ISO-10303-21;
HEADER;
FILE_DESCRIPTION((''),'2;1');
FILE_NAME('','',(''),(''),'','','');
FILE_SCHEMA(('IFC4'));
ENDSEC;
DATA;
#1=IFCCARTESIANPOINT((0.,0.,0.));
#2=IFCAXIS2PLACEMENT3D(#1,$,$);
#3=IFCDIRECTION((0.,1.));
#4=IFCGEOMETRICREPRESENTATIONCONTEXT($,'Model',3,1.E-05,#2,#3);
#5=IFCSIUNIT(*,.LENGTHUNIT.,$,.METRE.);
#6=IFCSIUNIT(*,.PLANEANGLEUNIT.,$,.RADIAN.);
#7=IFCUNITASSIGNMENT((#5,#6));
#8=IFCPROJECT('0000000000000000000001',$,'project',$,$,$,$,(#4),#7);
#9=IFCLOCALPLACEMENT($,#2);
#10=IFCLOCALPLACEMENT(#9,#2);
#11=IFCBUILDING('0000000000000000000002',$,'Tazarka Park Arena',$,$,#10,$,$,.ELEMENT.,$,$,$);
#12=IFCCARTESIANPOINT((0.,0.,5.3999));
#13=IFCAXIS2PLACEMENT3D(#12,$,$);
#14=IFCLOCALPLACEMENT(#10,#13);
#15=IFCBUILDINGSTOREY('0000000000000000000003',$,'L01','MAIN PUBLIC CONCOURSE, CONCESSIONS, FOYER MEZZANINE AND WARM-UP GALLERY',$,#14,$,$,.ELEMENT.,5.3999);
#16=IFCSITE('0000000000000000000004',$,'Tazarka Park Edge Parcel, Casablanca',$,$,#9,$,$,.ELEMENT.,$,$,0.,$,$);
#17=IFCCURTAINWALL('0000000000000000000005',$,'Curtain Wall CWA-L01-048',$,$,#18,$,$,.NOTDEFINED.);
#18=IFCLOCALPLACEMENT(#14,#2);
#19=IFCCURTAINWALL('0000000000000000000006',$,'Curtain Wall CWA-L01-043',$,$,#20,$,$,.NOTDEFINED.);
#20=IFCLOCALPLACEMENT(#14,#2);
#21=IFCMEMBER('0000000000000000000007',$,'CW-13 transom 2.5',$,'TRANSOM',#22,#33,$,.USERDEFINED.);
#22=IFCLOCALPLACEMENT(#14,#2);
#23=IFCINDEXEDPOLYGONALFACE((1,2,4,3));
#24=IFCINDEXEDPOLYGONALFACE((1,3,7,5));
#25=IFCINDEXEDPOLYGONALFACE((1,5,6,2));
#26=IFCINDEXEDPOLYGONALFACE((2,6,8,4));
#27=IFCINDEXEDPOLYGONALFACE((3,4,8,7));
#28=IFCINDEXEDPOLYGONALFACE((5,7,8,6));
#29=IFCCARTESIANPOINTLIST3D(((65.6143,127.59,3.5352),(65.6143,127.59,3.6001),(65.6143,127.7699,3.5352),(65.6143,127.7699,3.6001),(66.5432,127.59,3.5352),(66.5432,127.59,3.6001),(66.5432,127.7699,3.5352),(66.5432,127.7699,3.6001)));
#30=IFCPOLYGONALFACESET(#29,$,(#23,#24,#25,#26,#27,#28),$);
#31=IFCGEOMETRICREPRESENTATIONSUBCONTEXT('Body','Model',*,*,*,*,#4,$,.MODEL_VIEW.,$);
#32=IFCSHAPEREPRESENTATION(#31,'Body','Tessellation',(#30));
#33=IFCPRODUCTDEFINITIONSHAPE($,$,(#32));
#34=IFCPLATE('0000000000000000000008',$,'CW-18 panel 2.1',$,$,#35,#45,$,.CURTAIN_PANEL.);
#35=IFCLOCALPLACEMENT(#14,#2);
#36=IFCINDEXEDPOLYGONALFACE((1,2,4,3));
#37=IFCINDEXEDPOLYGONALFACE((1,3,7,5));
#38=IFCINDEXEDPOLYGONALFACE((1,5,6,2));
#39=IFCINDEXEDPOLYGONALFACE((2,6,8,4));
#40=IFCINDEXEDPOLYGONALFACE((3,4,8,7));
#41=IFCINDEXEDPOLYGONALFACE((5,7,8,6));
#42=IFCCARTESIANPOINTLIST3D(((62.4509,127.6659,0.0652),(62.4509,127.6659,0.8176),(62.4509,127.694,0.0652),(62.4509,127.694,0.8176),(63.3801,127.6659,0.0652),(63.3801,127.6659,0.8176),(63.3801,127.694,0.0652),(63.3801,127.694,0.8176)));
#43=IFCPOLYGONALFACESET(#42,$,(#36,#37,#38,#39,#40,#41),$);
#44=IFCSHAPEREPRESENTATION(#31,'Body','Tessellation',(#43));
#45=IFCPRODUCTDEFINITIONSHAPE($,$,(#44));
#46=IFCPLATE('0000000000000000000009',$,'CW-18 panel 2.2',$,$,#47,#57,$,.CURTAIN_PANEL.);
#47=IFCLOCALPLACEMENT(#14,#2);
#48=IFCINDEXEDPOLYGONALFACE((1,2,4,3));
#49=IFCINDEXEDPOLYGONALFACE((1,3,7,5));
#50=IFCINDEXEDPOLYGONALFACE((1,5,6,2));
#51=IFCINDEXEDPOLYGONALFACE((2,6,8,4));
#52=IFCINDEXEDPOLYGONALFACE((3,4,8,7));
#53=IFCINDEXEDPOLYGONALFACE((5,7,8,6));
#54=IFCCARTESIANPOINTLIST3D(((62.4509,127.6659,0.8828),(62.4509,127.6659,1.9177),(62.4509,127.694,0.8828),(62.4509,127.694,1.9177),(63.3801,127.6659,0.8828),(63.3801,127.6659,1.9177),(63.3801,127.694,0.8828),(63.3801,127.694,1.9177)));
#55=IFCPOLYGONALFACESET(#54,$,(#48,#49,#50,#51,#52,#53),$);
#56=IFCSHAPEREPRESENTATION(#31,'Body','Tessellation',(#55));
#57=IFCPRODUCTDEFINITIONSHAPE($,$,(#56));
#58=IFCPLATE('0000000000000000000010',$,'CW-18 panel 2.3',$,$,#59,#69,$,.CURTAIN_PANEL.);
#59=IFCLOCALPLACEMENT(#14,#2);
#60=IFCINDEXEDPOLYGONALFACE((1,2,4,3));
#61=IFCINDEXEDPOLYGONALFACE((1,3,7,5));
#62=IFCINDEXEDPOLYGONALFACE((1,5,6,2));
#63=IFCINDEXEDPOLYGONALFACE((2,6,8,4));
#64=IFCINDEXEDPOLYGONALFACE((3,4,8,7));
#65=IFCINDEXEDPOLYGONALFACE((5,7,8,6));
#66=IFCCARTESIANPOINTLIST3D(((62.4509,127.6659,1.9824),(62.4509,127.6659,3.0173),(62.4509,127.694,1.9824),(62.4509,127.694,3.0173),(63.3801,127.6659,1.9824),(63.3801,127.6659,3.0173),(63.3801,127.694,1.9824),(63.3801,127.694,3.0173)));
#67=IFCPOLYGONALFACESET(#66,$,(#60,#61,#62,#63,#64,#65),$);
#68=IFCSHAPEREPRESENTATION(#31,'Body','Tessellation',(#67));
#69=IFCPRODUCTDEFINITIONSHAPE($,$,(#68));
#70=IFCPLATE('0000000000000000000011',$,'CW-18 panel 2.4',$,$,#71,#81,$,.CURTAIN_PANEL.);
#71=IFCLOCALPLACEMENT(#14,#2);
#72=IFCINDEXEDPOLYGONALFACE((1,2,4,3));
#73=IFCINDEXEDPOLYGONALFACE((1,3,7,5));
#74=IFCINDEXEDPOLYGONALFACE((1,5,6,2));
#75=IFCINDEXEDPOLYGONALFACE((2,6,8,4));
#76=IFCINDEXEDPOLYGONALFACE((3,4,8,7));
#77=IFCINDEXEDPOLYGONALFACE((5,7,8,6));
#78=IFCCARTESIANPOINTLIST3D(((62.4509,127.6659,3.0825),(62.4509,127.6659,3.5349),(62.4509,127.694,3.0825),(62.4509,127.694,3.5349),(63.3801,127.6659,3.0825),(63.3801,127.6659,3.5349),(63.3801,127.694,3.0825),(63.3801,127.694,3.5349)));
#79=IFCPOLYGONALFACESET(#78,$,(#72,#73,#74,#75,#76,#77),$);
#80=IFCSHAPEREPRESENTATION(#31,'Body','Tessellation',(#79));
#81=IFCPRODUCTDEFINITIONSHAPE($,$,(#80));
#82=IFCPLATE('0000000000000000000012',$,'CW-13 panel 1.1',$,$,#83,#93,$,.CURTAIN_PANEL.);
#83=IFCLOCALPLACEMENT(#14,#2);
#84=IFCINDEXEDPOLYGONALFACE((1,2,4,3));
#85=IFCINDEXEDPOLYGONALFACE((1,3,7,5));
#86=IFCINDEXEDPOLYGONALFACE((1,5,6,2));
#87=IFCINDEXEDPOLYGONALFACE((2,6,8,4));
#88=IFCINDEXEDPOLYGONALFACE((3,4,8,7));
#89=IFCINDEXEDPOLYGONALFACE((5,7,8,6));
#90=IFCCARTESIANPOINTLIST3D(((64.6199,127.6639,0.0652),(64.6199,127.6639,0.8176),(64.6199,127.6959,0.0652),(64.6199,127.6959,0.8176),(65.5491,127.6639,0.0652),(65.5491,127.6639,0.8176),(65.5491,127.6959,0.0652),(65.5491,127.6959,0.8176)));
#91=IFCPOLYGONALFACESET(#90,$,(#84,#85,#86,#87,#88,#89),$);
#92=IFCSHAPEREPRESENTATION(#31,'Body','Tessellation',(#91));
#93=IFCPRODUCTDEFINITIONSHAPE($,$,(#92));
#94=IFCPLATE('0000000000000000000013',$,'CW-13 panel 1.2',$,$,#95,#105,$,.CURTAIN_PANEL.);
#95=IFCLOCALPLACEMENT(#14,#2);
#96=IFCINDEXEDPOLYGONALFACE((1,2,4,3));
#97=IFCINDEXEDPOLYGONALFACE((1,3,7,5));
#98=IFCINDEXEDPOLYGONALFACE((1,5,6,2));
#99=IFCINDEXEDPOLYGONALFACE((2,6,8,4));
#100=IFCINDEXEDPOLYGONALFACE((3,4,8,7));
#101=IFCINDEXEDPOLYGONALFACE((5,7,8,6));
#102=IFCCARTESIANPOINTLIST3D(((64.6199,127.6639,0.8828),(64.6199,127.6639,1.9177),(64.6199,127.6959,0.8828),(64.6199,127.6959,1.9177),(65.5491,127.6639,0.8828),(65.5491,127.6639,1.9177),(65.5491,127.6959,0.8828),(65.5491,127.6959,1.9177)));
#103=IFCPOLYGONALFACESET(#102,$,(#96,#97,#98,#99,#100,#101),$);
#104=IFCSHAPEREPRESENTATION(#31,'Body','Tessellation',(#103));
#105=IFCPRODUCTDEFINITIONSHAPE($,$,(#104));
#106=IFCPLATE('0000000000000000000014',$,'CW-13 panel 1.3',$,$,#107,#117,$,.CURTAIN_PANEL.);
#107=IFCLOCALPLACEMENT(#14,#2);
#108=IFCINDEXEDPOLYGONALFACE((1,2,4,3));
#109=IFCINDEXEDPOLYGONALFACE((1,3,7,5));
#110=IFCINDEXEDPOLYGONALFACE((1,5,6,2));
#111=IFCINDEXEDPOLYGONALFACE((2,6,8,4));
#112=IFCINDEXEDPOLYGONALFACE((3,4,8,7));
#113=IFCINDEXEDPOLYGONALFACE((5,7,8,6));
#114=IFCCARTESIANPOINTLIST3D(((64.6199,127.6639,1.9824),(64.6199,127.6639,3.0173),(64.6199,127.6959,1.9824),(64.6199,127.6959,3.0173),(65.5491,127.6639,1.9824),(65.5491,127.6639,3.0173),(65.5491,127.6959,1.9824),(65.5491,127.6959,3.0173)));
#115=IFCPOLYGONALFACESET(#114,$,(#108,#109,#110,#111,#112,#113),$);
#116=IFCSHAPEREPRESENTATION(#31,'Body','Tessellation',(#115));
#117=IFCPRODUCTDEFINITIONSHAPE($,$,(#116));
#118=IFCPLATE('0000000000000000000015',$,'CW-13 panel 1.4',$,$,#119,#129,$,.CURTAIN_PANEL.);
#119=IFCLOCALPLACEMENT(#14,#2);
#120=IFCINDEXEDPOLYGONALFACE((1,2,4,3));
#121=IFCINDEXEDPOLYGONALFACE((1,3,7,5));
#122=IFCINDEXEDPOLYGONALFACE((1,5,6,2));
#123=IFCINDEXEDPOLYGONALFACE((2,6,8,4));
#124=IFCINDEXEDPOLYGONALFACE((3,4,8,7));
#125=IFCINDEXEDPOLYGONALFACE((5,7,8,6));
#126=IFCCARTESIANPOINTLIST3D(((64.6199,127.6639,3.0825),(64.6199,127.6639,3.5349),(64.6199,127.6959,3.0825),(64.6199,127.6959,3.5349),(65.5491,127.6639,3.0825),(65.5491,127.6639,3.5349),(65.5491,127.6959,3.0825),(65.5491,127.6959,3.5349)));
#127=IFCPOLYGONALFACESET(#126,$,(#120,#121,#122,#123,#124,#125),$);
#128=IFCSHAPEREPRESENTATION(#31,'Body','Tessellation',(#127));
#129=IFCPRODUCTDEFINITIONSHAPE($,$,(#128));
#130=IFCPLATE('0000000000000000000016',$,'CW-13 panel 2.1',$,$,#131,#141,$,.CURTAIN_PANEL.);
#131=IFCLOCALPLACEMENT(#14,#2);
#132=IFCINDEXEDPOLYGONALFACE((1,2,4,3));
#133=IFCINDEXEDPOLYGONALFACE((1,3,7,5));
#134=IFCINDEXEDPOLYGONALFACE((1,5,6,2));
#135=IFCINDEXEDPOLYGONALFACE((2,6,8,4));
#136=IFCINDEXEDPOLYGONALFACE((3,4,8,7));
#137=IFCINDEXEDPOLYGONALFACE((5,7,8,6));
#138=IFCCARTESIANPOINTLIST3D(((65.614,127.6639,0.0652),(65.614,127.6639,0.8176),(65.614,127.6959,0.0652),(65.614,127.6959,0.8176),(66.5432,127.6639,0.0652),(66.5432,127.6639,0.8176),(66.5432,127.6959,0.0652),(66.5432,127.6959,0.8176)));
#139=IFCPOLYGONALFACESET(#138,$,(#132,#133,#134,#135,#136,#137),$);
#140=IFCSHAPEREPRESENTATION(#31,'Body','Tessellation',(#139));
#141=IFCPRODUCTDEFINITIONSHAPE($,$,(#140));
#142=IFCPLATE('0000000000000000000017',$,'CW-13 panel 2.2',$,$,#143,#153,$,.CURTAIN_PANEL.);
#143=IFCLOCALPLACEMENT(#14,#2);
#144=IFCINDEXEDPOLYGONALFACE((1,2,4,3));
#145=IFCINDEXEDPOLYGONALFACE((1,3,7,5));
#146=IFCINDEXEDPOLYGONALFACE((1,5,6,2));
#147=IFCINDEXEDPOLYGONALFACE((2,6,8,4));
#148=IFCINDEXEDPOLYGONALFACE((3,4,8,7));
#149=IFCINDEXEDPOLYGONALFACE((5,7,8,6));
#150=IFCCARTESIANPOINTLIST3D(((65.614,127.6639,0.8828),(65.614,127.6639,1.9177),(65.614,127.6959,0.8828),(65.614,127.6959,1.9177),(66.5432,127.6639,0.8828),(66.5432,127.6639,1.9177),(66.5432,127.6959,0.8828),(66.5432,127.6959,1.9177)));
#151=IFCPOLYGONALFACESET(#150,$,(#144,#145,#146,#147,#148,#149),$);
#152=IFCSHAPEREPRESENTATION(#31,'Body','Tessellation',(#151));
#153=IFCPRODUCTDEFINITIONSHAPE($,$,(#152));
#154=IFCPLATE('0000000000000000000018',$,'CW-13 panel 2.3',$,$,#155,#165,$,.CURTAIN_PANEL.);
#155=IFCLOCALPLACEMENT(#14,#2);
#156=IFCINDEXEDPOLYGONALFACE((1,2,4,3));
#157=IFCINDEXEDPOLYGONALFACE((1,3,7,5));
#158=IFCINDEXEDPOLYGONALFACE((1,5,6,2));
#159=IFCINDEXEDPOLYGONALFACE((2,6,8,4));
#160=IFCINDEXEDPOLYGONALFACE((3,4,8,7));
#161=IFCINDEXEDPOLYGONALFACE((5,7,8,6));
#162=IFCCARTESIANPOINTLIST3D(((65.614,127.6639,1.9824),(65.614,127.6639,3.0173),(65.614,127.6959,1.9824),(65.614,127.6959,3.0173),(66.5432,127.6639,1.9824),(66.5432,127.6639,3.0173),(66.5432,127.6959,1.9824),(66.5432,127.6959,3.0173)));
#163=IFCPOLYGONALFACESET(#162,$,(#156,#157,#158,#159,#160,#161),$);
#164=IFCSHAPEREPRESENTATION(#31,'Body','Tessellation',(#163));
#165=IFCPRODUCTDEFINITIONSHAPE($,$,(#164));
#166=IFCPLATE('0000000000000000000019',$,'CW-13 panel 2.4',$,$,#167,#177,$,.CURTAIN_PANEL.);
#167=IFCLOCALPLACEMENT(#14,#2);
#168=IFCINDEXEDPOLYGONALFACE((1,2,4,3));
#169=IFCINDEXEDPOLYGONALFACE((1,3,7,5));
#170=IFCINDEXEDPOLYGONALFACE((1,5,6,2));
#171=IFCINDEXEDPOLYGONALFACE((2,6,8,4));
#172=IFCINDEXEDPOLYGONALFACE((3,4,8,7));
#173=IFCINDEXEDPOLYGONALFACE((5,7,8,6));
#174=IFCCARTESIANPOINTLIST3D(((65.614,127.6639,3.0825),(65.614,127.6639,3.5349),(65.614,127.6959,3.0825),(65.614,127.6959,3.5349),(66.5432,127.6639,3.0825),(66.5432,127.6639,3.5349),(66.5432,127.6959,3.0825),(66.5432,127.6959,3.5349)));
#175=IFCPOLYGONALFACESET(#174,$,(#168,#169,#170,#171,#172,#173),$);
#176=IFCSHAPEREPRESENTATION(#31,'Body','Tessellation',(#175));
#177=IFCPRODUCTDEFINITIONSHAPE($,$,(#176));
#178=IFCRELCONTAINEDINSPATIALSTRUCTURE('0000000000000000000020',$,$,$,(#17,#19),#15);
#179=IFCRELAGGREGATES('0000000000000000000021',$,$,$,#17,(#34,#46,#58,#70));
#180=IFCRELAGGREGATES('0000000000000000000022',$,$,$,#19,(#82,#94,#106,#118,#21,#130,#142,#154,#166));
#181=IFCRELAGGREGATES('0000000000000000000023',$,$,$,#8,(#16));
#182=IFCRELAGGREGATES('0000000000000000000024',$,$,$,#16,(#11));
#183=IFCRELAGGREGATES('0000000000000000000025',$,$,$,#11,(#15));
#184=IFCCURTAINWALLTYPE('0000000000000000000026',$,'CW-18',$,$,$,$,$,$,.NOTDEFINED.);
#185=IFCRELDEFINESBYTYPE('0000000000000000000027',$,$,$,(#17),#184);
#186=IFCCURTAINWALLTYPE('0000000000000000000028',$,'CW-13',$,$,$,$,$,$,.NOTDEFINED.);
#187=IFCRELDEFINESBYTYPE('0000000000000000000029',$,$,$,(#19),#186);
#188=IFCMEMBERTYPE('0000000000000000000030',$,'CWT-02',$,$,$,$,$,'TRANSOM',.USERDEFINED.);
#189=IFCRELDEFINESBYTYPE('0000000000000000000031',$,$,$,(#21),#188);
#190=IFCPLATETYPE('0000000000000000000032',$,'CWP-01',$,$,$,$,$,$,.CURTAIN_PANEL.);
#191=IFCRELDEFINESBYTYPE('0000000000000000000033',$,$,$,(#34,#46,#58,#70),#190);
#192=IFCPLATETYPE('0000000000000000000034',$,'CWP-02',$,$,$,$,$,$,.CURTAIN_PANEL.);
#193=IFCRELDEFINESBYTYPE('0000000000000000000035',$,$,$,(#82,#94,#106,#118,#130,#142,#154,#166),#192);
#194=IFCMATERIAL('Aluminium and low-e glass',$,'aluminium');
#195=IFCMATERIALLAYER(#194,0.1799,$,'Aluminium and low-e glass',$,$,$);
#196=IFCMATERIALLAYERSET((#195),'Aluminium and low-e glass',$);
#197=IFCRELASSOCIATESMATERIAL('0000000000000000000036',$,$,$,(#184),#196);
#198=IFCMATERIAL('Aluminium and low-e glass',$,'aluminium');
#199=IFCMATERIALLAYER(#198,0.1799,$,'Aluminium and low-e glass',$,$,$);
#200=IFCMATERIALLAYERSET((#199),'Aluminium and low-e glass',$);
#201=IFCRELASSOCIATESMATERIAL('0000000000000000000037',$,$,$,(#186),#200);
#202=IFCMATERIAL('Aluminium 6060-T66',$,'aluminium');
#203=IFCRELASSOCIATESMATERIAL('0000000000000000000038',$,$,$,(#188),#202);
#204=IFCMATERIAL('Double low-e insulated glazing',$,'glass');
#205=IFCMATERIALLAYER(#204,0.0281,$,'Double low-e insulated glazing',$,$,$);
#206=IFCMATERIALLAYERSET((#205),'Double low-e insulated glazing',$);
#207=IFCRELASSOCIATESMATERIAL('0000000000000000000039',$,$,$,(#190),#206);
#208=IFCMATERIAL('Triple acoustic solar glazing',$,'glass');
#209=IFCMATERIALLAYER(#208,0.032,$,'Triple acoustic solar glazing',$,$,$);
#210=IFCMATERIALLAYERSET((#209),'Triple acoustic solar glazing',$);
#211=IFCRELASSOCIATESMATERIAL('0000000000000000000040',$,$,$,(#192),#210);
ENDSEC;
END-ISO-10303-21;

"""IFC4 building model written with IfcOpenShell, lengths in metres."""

from ifc_helpers import new_model, si_unit, direction, frame, origin, origin_2d, place, context, subcontext, project, spatial, rectangle, extrude, material, layer, layer_set, material_profile, profile_set, type_object, element, aggregate, save


model = new_model("IFC4")

# Units and contexts
model_context = context("Model", 3, precision=1e-05, world=origin(), true_north=direction((0.0, 1.0)))
body_context = subcontext(model_context, "Body", "Model", "MODEL_VIEW")
ifc_project = project(units=[si_unit("LENGTHUNIT", "METRE"), si_unit("PLANEANGLEUNIT", "RADIAN")], contexts=[model_context])

# Site, building, storey
site_placement = place(None, origin())
site = spatial("IfcSite", under=ifc_project, at=site_placement, Name="Tazarka Park Edge Parcel, Casablanca", CompositionType="ELEMENT", RefElevation=0.0)
building_placement = place(site_placement, origin())
building = spatial("IfcBuilding", under=site, at=building_placement, Name="Tazarka Park Arena", CompositionType="ELEMENT")
storey_placement = place(building_placement, frame((0.0, 0.0, 5.3999)))
storey = spatial("IfcBuildingStorey", under=building, at=storey_placement, Name="L01", Description="MAIN PUBLIC CONCOURSE, CONCESSIONS, FOYER MEZZANINE AND WARM-UP GALLERY", CompositionType="ELEMENT", Elevation=5.3999)

# Curtain wall
ifc_material_1 = material(Name="Aluminium and low-e glass", Category="aluminium")
ifc_layer_1 = layer(ifc_material_1, 0.1799, Name="Aluminium and low-e glass")
ifc_layer_set_1 = layer_set([ifc_layer_1], Name="Aluminium and low-e glass")
curtain_wall_type_1 = type_object("IfcCurtainWallType", Name="CW-18", PredefinedType="NOTDEFINED", material=ifc_layer_set_1)
curtain_wall_1_placement = place(storey_placement, origin())
curtain_wall_1 = element("IfcCurtainWall", 1, at=curtain_wall_1_placement, inside=storey, type_object=curtain_wall_type_1, Name="Curtain Wall CWA-L01-048", PredefinedType="NOTDEFINED")

# Curtain wall
ifc_material_2 = material(Name="Aluminium and low-e glass", Category="aluminium")
ifc_layer_2 = layer(ifc_material_2, 0.1799, Name="Aluminium and low-e glass")
ifc_layer_set_2 = layer_set([ifc_layer_2], Name="Aluminium and low-e glass")
curtain_wall_type_2 = type_object("IfcCurtainWallType", Name="CW-13", PredefinedType="NOTDEFINED", material=ifc_layer_set_2)
curtain_wall_2_placement = place(storey_placement, origin())
curtain_wall_2 = element("IfcCurtainWall", 2, at=curtain_wall_2_placement, inside=storey, type_object=curtain_wall_type_2, Name="Curtain Wall CWA-L01-043", PredefinedType="NOTDEFINED")

# Member
ifc_material_3 = material(Name="Aluminium 6060-T66", Category="aluminium")
ifc_material_profile_1 = material_profile(ifc_material_3, rectangle(XDim=0.1799, YDim=0.0649, at=origin_2d()), Name="Aluminium 6060-T66")
ifc_profile_set_1 = profile_set([ifc_material_profile_1], Name="Aluminium 6060-T66")
member_type_1 = type_object("IfcMemberType", Name="CWT-02", ElementType="TRANSOM", PredefinedType="USERDEFINED", material=ifc_profile_set_1)
member_1_placement = place(storey_placement, frame((65.6143, 127.6799, 3.5676), z_axis=(1.0, 0.0, 0.0), x_axis=(0.0, 1.0, 0.0)))
member_1 = element("IfcMember", 3, at=member_1_placement, type_object=member_type_1, Name="CW-13 transom 2.5", ObjectType="TRANSOM", PredefinedType="USERDEFINED", context=body_context, shape_type="SweptSolid", body=[
    extrude(rectangle(XDim=0.1799, YDim=0.0649, at=origin_2d()), origin(), (0.0, 0.0, 1.0), 0.929),
])

# Plates
ifc_material_4 = material(Name="Double low-e insulated glazing", Category="glass")
ifc_layer_3 = layer(ifc_material_4, 0.0281, Name="Double low-e insulated glazing")
ifc_layer_set_3 = layer_set([ifc_layer_3], Name="Double low-e insulated glazing")
plate_type_1 = type_object("IfcPlateType", Name="CWP-01", PredefinedType="CURTAIN_PANEL", material=ifc_layer_set_3)
plate_1_placement = place(storey_placement, frame((62.9155, 127.6799, 0.0652), z_axis=(0.0, 0.0, 1.0), x_axis=(1.0, 0.0, 0.0)))
plate_1 = element("IfcPlate", 4, at=plate_1_placement, type_object=plate_type_1, Name="CW-18 panel 2.1", PredefinedType="CURTAIN_PANEL", context=body_context, shape_type="SweptSolid", body=[
    extrude(rectangle(XDim=0.9292, YDim=0.0281, at=origin_2d()), origin(), (0.0, 0.0, 1.0), 0.7524),
])
plate_2_placement = place(storey_placement, frame((62.9155, 127.6799, 0.8828), z_axis=(0.0, 0.0, 1.0), x_axis=(1.0, 0.0, 0.0)))
plate_2 = element("IfcPlate", 5, at=plate_2_placement, type_object=plate_type_1, Name="CW-18 panel 2.2", PredefinedType="CURTAIN_PANEL", context=body_context, shape_type="SweptSolid", body=[
    extrude(rectangle(XDim=0.9292, YDim=0.0281, at=origin_2d()), origin(), (0.0, 0.0, 1.0), 1.0349),
])
plate_3_placement = place(storey_placement, frame((62.9155, 127.6799, 1.9824), z_axis=(0.0, 0.0, 1.0), x_axis=(1.0, 0.0, 0.0)))
plate_3 = element("IfcPlate", 6, at=plate_3_placement, type_object=plate_type_1, Name="CW-18 panel 2.3", PredefinedType="CURTAIN_PANEL", context=body_context, shape_type="SweptSolid", body=[
    extrude(rectangle(XDim=0.9292, YDim=0.0281, at=origin_2d()), origin(), (0.0, 0.0, 1.0), 1.0349),
])
plate_4_placement = place(storey_placement, frame((62.9155, 127.6799, 3.0825), z_axis=(0.0, 0.0, 1.0), x_axis=(1.0, 0.0, 0.0)))
plate_4 = element("IfcPlate", 7, at=plate_4_placement, type_object=plate_type_1, Name="CW-18 panel 2.4", PredefinedType="CURTAIN_PANEL", context=body_context, shape_type="SweptSolid", body=[
    extrude(rectangle(XDim=0.9292, YDim=0.0281, at=origin_2d()), origin(), (0.0, 0.0, 1.0), 0.4524),
])
aggregate(curtain_wall_1, [plate_1, plate_2, plate_3, plate_4])
ifc_material_5 = material(Name="Triple acoustic solar glazing", Category="glass")
ifc_layer_4 = layer(ifc_material_5, 0.032, Name="Triple acoustic solar glazing")
ifc_layer_set_4 = layer_set([ifc_layer_4], Name="Triple acoustic solar glazing")
plate_type_2 = type_object("IfcPlateType", Name="CWP-02", PredefinedType="CURTAIN_PANEL", material=ifc_layer_set_4)
plate_5_placement = place(storey_placement, frame((65.0845, 127.6799, 0.0652), z_axis=(0.0, 0.0, 1.0), x_axis=(1.0, 0.0, 0.0)))
plate_5 = element("IfcPlate", 8, at=plate_5_placement, type_object=plate_type_2, Name="CW-13 panel 1.1", PredefinedType="CURTAIN_PANEL", context=body_context, shape_type="SweptSolid", body=[
    extrude(rectangle(XDim=0.9292, YDim=0.032, at=origin_2d()), origin(), (0.0, 0.0, 1.0), 0.7524),
])
plate_6_placement = place(storey_placement, frame((65.0845, 127.6799, 0.8828), z_axis=(0.0, 0.0, 1.0), x_axis=(1.0, 0.0, 0.0)))
plate_6 = element("IfcPlate", 9, at=plate_6_placement, type_object=plate_type_2, Name="CW-13 panel 1.2", PredefinedType="CURTAIN_PANEL", context=body_context, shape_type="SweptSolid", body=[
    extrude(rectangle(XDim=0.9292, YDim=0.032, at=origin_2d()), origin(), (0.0, 0.0, 1.0), 1.0349),
])
plate_7_placement = place(storey_placement, frame((65.0845, 127.6799, 1.9824), z_axis=(0.0, 0.0, 1.0), x_axis=(1.0, 0.0, 0.0)))
plate_7 = element("IfcPlate", 10, at=plate_7_placement, type_object=plate_type_2, Name="CW-13 panel 1.3", PredefinedType="CURTAIN_PANEL", context=body_context, shape_type="SweptSolid", body=[
    extrude(rectangle(XDim=0.9292, YDim=0.032, at=origin_2d()), origin(), (0.0, 0.0, 1.0), 1.0349),
])
plate_8_placement = place(storey_placement, frame((65.0845, 127.6799, 3.0825), z_axis=(0.0, 0.0, 1.0), x_axis=(1.0, 0.0, 0.0)))
plate_8 = element("IfcPlate", 11, at=plate_8_placement, type_object=plate_type_2, Name="CW-13 panel 1.4", PredefinedType="CURTAIN_PANEL", context=body_context, shape_type="SweptSolid", body=[
    extrude(rectangle(XDim=0.9292, YDim=0.032, at=origin_2d()), origin(), (0.0, 0.0, 1.0), 0.4524),
])
plate_9_placement = place(storey_placement, frame((66.0786, 127.6799, 0.0652), z_axis=(0.0, 0.0, 1.0), x_axis=(1.0, 0.0, 0.0)))
plate_9 = element("IfcPlate", 12, at=plate_9_placement, type_object=plate_type_2, Name="CW-13 panel 2.1", PredefinedType="CURTAIN_PANEL", context=body_context, shape_type="SweptSolid", body=[
    extrude(rectangle(XDim=0.9292, YDim=0.032, at=origin_2d()), origin(), (0.0, 0.0, 1.0), 0.7524),
])
plate_10_placement = place(storey_placement, frame((66.0786, 127.6799, 0.8828), z_axis=(0.0, 0.0, 1.0), x_axis=(1.0, 0.0, 0.0)))
plate_10 = element("IfcPlate", 13, at=plate_10_placement, type_object=plate_type_2, Name="CW-13 panel 2.2", PredefinedType="CURTAIN_PANEL", context=body_context, shape_type="SweptSolid", body=[
    extrude(rectangle(XDim=0.9292, YDim=0.032, at=origin_2d()), origin(), (0.0, 0.0, 1.0), 1.0349),
])
plate_11_placement = place(storey_placement, frame((66.0786, 127.6799, 1.9824), z_axis=(0.0, 0.0, 1.0), x_axis=(1.0, 0.0, 0.0)))
plate_11 = element("IfcPlate", 14, at=plate_11_placement, type_object=plate_type_2, Name="CW-13 panel 2.3", PredefinedType="CURTAIN_PANEL", context=body_context, shape_type="SweptSolid", body=[
    extrude(rectangle(XDim=0.9292, YDim=0.032, at=origin_2d()), origin(), (0.0, 0.0, 1.0), 1.0349),
])
plate_12_placement = place(storey_placement, frame((66.0786, 127.6799, 3.0825), z_axis=(0.0, 0.0, 1.0), x_axis=(1.0, 0.0, 0.0)))
plate_12 = element("IfcPlate", 15, at=plate_12_placement, type_object=plate_type_2, Name="CW-13 panel 2.4", PredefinedType="CURTAIN_PANEL", context=body_context, shape_type="SweptSolid", body=[
    extrude(rectangle(XDim=0.9292, YDim=0.032, at=origin_2d()), origin(), (0.0, 0.0, 1.0), 0.4524),
])
aggregate(curtain_wall_2, [plate_5, plate_6, plate_7, plate_8, member_1, plate_9, plate_10, plate_11, plate_12])

save(model, "model.ifc")
